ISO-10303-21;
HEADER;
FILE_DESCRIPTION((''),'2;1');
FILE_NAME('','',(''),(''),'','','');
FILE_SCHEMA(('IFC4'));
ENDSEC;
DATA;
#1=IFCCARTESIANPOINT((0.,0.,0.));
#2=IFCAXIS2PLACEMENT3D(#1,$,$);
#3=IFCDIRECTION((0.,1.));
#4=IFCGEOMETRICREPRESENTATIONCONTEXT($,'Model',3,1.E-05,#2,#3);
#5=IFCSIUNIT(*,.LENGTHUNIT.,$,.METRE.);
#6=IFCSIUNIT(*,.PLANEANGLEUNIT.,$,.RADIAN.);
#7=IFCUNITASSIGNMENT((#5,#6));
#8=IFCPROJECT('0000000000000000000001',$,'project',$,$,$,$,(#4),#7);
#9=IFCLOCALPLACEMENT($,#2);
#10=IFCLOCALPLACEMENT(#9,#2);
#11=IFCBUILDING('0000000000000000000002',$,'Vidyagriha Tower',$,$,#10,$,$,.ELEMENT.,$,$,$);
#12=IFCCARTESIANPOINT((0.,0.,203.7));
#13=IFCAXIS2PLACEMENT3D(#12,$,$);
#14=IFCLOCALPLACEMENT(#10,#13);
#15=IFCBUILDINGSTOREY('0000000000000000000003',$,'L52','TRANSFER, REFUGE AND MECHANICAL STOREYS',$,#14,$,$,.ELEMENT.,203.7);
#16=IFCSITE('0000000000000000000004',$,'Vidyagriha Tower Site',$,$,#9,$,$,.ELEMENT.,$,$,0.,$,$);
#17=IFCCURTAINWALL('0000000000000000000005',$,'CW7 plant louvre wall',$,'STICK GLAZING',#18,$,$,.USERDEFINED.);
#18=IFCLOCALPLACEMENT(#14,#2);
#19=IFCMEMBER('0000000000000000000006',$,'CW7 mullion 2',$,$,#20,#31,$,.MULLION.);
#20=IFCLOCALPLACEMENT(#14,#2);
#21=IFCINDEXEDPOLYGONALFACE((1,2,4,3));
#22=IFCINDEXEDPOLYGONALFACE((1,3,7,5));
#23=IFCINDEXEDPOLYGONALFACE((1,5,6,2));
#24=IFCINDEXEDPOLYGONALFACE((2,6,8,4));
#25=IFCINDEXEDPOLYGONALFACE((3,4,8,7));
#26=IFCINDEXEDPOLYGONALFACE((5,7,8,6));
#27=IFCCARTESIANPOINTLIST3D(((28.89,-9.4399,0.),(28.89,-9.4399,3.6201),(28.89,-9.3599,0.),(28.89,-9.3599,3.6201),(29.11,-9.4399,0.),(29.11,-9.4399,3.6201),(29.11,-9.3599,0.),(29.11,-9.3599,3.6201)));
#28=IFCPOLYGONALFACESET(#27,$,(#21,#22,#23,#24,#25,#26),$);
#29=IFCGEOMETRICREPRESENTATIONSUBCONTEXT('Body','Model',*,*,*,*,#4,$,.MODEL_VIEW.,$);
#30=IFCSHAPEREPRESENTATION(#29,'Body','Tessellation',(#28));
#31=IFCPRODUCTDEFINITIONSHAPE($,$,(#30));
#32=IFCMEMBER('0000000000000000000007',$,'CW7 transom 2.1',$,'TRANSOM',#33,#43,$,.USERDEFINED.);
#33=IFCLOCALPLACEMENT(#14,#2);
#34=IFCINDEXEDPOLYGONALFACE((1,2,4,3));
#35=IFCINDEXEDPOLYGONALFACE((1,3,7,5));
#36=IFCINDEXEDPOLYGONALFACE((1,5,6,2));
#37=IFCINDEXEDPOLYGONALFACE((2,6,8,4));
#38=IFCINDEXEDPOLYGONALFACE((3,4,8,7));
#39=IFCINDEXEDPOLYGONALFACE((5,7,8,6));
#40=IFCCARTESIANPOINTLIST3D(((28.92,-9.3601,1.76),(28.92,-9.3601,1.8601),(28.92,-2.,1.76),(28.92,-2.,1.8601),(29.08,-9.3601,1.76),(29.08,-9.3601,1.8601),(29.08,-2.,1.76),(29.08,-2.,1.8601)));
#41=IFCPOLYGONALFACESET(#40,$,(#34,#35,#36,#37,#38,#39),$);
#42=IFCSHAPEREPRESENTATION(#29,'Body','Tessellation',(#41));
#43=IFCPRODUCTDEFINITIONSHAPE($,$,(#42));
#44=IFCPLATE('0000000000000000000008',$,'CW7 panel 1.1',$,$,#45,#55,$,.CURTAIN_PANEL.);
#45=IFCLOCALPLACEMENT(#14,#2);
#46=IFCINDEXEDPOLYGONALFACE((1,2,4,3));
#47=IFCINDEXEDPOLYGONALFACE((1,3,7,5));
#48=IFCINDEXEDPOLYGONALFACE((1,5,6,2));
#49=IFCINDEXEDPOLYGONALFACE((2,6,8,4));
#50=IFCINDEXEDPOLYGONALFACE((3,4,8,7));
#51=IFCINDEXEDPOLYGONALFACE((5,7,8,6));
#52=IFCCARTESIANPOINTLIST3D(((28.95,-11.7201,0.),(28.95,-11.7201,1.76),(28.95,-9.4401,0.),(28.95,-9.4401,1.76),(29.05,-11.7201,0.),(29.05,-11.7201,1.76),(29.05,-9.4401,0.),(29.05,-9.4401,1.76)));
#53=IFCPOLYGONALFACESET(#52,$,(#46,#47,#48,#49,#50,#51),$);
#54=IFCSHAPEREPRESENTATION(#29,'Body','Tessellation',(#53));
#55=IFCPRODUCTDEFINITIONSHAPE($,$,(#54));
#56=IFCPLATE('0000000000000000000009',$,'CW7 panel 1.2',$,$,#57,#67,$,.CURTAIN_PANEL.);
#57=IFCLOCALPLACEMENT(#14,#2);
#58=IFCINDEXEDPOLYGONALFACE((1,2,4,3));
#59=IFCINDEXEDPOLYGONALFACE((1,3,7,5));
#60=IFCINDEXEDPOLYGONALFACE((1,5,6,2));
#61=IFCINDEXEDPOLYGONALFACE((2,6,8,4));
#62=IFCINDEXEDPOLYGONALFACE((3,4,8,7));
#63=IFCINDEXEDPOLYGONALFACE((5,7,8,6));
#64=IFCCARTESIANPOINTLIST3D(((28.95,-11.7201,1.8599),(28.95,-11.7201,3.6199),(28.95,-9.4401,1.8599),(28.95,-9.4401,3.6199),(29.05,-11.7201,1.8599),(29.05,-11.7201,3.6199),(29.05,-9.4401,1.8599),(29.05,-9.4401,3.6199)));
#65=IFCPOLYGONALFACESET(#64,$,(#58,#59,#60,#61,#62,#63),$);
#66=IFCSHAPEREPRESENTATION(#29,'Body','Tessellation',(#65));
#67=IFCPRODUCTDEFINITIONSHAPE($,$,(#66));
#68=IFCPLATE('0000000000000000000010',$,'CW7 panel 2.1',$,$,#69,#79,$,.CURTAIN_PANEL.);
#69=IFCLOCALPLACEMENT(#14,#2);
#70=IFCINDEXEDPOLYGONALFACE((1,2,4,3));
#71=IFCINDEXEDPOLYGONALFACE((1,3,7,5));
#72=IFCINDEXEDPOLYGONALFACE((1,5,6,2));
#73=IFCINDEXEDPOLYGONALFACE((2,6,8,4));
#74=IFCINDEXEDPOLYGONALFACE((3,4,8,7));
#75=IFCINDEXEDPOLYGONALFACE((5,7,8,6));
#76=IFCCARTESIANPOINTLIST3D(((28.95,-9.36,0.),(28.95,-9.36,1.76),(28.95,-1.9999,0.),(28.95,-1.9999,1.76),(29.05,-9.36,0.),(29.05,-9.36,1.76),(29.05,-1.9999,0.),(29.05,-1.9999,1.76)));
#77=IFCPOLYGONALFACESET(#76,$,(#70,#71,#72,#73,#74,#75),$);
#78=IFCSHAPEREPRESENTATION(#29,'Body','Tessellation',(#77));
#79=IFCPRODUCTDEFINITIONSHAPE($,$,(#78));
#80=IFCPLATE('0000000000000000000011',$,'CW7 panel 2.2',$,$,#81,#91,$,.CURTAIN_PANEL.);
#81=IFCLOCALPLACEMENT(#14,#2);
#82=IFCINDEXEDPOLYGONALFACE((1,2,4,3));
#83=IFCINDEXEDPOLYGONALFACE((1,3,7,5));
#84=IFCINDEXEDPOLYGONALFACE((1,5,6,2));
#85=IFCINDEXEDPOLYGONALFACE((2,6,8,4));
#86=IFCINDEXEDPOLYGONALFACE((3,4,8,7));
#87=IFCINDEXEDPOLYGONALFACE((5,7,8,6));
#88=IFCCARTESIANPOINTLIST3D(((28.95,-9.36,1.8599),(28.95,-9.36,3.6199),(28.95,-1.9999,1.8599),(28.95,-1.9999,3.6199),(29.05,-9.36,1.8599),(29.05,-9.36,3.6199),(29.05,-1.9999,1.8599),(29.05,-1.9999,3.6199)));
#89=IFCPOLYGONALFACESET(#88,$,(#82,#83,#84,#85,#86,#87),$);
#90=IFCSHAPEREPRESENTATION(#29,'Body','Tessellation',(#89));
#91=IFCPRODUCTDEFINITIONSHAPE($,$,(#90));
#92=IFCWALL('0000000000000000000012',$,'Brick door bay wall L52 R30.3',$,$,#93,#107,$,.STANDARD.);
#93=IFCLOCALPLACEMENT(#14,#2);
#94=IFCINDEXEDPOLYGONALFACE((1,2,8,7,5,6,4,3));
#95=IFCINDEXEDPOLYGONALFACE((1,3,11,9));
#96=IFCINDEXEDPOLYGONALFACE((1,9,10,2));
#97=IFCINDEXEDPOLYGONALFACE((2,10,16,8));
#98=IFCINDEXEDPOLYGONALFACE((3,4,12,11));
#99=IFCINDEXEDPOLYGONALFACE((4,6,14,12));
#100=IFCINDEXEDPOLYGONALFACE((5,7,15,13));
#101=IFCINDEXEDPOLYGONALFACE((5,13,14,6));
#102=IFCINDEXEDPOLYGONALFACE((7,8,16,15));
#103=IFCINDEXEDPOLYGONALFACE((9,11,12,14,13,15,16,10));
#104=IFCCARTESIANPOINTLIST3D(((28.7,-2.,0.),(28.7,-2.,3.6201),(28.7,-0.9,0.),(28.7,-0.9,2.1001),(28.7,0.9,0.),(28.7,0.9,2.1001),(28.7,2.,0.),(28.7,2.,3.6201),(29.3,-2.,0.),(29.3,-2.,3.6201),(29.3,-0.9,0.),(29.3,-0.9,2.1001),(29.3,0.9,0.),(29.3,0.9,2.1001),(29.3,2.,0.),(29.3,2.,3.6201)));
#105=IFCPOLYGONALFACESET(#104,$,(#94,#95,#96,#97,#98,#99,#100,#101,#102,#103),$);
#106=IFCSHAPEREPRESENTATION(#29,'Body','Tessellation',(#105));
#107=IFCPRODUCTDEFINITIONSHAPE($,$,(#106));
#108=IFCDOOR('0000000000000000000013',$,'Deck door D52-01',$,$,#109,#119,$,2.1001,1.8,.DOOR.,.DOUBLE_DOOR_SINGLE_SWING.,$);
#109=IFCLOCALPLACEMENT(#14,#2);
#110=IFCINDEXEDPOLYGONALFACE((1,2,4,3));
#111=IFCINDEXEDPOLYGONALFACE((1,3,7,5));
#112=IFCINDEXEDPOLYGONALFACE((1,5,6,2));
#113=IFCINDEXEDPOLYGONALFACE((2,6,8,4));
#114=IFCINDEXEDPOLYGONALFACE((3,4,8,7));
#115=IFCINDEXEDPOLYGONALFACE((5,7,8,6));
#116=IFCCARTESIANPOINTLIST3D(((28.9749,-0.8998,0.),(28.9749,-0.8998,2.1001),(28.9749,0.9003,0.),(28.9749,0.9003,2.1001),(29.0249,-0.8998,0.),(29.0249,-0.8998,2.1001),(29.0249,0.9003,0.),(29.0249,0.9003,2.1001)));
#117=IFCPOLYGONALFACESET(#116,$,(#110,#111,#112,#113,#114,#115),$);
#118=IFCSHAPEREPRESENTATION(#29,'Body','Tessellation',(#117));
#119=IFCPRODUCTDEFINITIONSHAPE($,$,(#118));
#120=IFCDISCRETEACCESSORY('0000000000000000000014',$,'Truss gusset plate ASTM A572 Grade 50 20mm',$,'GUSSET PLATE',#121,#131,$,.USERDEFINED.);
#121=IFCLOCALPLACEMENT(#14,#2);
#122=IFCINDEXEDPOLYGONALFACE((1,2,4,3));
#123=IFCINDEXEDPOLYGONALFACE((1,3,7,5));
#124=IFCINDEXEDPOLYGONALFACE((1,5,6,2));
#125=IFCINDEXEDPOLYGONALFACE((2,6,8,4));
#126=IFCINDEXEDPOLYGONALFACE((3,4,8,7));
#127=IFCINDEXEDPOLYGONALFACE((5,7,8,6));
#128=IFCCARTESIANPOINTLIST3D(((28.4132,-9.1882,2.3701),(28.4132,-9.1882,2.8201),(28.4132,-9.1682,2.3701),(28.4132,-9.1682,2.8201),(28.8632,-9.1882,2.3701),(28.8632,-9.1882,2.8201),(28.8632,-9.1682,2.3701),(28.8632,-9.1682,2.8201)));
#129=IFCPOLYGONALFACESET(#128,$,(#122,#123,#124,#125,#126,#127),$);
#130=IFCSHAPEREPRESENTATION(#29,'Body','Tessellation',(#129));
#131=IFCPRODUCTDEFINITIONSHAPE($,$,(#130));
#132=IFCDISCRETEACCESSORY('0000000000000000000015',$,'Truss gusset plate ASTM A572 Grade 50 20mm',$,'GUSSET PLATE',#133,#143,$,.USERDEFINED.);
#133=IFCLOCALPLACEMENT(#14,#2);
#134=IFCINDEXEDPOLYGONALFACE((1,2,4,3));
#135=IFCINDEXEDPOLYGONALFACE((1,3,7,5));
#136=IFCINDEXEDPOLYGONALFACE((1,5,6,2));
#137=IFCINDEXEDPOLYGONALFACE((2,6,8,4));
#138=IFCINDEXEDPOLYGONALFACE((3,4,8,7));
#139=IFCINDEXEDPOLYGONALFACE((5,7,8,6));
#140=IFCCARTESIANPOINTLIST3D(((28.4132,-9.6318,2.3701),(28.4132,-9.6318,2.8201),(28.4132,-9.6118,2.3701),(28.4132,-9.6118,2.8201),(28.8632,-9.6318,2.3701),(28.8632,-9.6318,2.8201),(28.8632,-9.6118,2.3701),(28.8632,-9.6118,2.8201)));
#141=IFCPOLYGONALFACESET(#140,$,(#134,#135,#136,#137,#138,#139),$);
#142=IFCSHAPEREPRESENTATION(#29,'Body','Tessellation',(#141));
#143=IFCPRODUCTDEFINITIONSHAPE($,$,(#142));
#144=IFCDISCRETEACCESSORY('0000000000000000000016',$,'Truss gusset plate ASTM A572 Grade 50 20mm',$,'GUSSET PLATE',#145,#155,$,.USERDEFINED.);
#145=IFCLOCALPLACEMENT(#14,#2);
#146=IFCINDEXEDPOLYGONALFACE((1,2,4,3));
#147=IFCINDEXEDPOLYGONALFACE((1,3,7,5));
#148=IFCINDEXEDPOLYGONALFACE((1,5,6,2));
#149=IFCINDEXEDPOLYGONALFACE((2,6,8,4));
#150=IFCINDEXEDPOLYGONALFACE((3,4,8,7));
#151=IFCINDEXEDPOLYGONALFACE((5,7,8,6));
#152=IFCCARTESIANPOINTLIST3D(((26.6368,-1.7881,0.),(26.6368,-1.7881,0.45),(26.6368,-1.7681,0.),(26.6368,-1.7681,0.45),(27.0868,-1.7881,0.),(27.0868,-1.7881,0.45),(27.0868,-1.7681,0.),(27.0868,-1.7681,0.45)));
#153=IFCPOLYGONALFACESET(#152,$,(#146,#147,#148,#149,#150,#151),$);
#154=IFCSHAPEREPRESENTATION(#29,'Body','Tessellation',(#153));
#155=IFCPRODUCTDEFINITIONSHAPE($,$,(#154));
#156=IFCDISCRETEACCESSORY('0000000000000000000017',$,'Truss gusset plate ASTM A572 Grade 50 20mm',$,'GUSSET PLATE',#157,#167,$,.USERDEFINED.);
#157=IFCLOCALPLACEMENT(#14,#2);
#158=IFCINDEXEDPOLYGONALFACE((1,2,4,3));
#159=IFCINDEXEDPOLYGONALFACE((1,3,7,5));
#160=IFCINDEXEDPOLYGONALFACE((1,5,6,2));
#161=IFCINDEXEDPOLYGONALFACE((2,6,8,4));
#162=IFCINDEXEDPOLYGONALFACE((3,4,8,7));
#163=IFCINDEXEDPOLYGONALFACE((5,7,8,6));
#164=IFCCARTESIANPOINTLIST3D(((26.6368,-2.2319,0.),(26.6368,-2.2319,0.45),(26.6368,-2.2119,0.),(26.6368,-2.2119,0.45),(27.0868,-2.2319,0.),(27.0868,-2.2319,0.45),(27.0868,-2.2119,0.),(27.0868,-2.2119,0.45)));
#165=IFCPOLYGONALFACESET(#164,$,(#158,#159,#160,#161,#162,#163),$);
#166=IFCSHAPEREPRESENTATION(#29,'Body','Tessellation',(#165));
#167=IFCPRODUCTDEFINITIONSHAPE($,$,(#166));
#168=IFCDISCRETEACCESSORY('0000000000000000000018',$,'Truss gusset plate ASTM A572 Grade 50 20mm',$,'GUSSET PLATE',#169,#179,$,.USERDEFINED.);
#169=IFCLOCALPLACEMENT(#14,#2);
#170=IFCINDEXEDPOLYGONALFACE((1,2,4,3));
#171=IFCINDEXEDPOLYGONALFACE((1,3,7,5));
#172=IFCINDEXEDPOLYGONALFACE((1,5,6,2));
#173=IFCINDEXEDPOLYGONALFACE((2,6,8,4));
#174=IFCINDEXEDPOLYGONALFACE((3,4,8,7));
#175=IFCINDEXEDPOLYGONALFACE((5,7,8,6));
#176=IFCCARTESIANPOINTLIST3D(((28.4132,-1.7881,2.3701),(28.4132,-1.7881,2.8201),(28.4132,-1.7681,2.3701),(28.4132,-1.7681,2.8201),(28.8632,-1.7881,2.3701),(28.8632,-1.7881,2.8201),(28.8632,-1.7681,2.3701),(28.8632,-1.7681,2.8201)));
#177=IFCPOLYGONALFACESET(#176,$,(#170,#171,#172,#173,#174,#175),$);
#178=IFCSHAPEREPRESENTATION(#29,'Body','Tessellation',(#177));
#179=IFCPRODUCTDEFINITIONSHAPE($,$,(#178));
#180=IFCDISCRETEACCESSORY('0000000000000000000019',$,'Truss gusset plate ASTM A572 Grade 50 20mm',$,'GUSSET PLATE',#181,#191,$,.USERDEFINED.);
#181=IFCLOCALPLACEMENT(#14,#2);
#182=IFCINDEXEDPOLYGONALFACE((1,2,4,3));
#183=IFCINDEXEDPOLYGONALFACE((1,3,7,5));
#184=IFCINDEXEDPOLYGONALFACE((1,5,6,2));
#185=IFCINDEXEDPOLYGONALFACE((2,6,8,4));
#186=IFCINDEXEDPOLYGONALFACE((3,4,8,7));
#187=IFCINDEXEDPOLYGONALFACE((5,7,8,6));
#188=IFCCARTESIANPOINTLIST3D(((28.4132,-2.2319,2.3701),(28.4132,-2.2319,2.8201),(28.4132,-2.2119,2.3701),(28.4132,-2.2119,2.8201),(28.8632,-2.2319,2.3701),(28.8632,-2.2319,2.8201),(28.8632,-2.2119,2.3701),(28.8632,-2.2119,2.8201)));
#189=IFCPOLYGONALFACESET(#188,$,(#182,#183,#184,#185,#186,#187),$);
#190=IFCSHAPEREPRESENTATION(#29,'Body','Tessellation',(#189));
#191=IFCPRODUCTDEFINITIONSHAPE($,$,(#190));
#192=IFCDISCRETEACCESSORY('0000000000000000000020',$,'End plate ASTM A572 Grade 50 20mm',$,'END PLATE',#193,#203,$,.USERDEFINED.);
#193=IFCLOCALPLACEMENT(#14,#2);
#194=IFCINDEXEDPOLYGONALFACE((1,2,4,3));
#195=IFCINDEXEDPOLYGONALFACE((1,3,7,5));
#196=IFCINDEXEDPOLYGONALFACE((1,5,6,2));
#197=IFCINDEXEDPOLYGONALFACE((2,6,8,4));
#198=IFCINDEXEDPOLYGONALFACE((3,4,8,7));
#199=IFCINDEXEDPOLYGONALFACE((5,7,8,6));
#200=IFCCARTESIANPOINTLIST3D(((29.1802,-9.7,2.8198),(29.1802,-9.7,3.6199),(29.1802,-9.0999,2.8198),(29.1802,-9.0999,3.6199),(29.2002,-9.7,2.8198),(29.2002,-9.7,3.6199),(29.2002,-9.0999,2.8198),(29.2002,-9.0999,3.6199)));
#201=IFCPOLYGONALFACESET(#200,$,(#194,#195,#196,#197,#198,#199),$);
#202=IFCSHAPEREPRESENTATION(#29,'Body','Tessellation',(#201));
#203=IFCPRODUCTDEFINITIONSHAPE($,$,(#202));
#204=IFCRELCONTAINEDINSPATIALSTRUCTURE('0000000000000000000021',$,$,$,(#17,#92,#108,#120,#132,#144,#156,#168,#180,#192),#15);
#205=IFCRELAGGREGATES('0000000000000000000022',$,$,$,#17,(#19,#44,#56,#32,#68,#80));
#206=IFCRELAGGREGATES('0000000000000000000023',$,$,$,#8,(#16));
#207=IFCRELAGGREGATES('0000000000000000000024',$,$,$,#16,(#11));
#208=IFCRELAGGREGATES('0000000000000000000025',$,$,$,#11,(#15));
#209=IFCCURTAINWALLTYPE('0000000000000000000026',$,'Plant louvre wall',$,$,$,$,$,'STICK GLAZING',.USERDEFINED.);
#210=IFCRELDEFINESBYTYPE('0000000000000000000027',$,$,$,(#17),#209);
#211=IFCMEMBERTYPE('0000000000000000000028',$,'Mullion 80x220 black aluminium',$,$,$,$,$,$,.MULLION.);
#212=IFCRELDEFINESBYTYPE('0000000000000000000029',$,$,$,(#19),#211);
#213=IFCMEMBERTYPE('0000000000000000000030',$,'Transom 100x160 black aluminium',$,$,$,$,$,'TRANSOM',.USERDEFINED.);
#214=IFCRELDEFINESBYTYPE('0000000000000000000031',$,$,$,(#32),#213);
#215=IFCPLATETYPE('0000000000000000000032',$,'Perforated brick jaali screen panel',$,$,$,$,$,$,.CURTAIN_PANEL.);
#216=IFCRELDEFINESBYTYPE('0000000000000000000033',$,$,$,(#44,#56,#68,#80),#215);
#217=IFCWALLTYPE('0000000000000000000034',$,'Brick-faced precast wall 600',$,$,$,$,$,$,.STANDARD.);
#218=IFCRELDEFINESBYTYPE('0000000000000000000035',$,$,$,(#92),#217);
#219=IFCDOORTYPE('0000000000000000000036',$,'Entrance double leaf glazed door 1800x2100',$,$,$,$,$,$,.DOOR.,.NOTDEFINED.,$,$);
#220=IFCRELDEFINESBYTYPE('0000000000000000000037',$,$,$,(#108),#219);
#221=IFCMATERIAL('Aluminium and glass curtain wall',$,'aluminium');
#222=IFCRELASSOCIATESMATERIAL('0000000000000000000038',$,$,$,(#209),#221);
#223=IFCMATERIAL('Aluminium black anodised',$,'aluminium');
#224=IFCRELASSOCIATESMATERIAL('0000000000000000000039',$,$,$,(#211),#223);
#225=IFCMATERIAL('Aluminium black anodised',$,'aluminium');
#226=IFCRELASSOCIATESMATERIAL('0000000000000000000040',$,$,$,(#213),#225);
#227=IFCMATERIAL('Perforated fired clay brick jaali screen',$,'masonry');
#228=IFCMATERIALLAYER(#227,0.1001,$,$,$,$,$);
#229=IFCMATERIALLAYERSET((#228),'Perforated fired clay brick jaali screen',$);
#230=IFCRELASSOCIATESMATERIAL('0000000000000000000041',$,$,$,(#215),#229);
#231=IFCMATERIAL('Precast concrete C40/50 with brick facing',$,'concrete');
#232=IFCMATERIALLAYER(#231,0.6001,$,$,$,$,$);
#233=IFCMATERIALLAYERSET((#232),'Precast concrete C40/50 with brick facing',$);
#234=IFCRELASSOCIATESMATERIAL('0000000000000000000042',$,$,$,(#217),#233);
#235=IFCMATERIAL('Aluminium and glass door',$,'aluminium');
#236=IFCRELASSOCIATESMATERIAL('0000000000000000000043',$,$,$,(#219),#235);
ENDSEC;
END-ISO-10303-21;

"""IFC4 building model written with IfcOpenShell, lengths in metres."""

from ifc_helpers import new_model, si_unit, direction, frame, frame_2d, origin, origin_2d, place, context, subcontext, project, spatial, rectangle, extrude, material, layer, layer_set, material_profile, profile_set, type_object, element, fill, aggregate, save


model = new_model("IFC4")

# Units and contexts
model_context = context("Model", 3, precision=1e-05, world=origin(), true_north=direction((0.0, 1.0)))
body_context = subcontext(model_context, "Body", "Model", "MODEL_VIEW")
ifc_project = project(units=[si_unit("LENGTHUNIT", "METRE"), si_unit("PLANEANGLEUNIT", "RADIAN")], contexts=[model_context])

# Site, building, storey
site_placement = place(None, origin())
site = spatial("IfcSite", under=ifc_project, at=site_placement, Name="Vidyagriha Tower Site", CompositionType="ELEMENT", RefElevation=0.0)
building_placement = place(site_placement, origin())
building = spatial("IfcBuilding", under=site, at=building_placement, Name="Vidyagriha Tower", CompositionType="ELEMENT")
storey_placement = place(building_placement, frame((0.0, 0.0, 203.7)))
storey = spatial("IfcBuildingStorey", under=building, at=storey_placement, Name="L52", Description="TRANSFER, REFUGE AND MECHANICAL STOREYS", CompositionType="ELEMENT", Elevation=203.7)

# Curtain wall, members, plates
ifc_material_1 = material(Name="Aluminium and glass curtain wall", Category="aluminium")
curtain_wall_type = type_object("IfcCurtainWallType", Name="Plant louvre wall", ElementType="STICK GLAZING", PredefinedType="USERDEFINED", material=ifc_material_1)
curtain_wall_placement = place(storey_placement, origin())
curtain_wall = element("IfcCurtainWall", 1, at=curtain_wall_placement, inside=storey, type_object=curtain_wall_type, Name="CW7 plant louvre wall", ObjectType="STICK GLAZING", PredefinedType="USERDEFINED")
ifc_material_2 = material(Name="Aluminium black anodised", Category="aluminium")
ifc_material_profile_1 = material_profile(ifc_material_2, rectangle(XDim=0.22, YDim=0.0801, at=origin_2d()), Name="Mullion 80x220 black aluminium")
ifc_profile_set_1 = profile_set([ifc_material_profile_1], Name="Aluminium black anodised")
member_type_1 = type_object("IfcMemberType", Name="Mullion 80x220 black aluminium", PredefinedType="MULLION", material=ifc_profile_set_1)
member_1_placement = place(storey_placement, frame((29.0, -9.3999, 0.0), z_axis=(0.0, 0.0, 1.0), x_axis=(-1.0, 0.0, 0.0)))
member_1 = element("IfcMember", 2, at=member_1_placement, type_object=member_type_1, Name="CW7 mullion 2", PredefinedType="MULLION", context=body_context, shape_type="SweptSolid", body=[
    extrude(rectangle(XDim=0.22, YDim=0.0801, at=origin_2d()), origin(), (0.0, 0.0, 1.0), 3.6201),
])
ifc_material_3 = material(Name="Aluminium black anodised", Category="aluminium")
ifc_material_profile_2 = material_profile(ifc_material_3, rectangle(XDim=0.1599, YDim=0.1001, at=origin_2d()), Name="Transom 100x160 black aluminium")
ifc_profile_set_2 = profile_set([ifc_material_profile_2], Name="Aluminium black anodised")
member_type_2 = type_object("IfcMemberType", Name="Transom 100x160 black aluminium", ElementType="TRANSOM", PredefinedType="USERDEFINED", material=ifc_profile_set_2)
member_2_placement = place(storey_placement, frame((29.0, -9.3601, 1.8101), z_axis=(0.0, 1.0, 0.0), x_axis=(-1.0, 0.0, 0.0)))
member_2 = element("IfcMember", 3, at=member_2_placement, type_object=member_type_2, Name="CW7 transom 2.1", ObjectType="TRANSOM", PredefinedType="USERDEFINED", context=body_context, shape_type="SweptSolid", body=[
    extrude(rectangle(XDim=0.1599, YDim=0.1001, at=origin_2d()), origin(), (0.0, 0.0, 1.0), 7.3601),
])
ifc_material_4 = material(Name="Perforated fired clay brick jaali screen", Category="masonry")
ifc_layer_1 = layer(ifc_material_4, 0.1001)
ifc_layer_set_1 = layer_set([ifc_layer_1], Name="Perforated fired clay brick jaali screen")
plate_type = type_object("IfcPlateType", Name="Perforated brick jaali screen panel", PredefinedType="CURTAIN_PANEL", material=ifc_layer_set_1)
plate_1_placement = place(storey_placement, frame((29.0, -10.5801, 0.0), z_axis=(0.0, 0.0, 1.0), x_axis=(0.0, 1.0, 0.0)))
plate_1 = element("IfcPlate", 4, at=plate_1_placement, type_object=plate_type, Name="CW7 panel 1.1", PredefinedType="CURTAIN_PANEL", context=body_context, shape_type="SweptSolid", body=[
    extrude(rectangle(XDim=2.28, YDim=0.1001, at=origin_2d()), origin(), (0.0, 0.0, 1.0), 1.76),
])
plate_2_placement = place(storey_placement, frame((29.0, -10.5801, 1.8599), z_axis=(0.0, 0.0, 1.0), x_axis=(0.0, 1.0, 0.0)))
plate_2 = element("IfcPlate", 5, at=plate_2_placement, type_object=plate_type, Name="CW7 panel 1.2", PredefinedType="CURTAIN_PANEL", context=body_context, shape_type="SweptSolid", body=[
    extrude(rectangle(XDim=2.28, YDim=0.1001, at=origin_2d()), origin(), (0.0, 0.0, 1.0), 1.76),
])
plate_3_placement = place(storey_placement, frame((29.0, -5.6799, 0.0), z_axis=(0.0, 0.0, 1.0), x_axis=(0.0, 1.0, 0.0)))
plate_3 = element("IfcPlate", 6, at=plate_3_placement, type_object=plate_type, Name="CW7 panel 2.1", PredefinedType="CURTAIN_PANEL", context=body_context, shape_type="SweptSolid", body=[
    extrude(rectangle(XDim=7.3601, YDim=0.1001, at=origin_2d()), origin(), (0.0, 0.0, 1.0), 1.76),
])
plate_4_placement = place(storey_placement, frame((29.0, -5.6799, 1.8599), z_axis=(0.0, 0.0, 1.0), x_axis=(0.0, 1.0, 0.0)))
plate_4 = element("IfcPlate", 7, at=plate_4_placement, type_object=plate_type, Name="CW7 panel 2.2", PredefinedType="CURTAIN_PANEL", context=body_context, shape_type="SweptSolid", body=[
    extrude(rectangle(XDim=7.3601, YDim=0.1001, at=origin_2d()), origin(), (0.0, 0.0, 1.0), 1.76),
])
aggregate(curtain_wall, [member_1, plate_1, plate_2, member_2, plate_3, plate_4])

# Wall, opening, door
ifc_material_5 = material(Name="Precast concrete C40/50 with brick facing", Category="concrete")
ifc_layer_2 = layer(ifc_material_5, 0.6001)
ifc_layer_set_2 = layer_set([ifc_layer_2], Name="Precast concrete C40/50 with brick facing")
wall_type = type_object("IfcWallType", Name="Brick-faced precast wall 600", PredefinedType="STANDARD", material=ifc_layer_set_2)
wall_placement = place(storey_placement, frame((29.0, -2.0, 0.0), z_axis=(0.0, 0.0, 1.0), x_axis=(0.0, 1.0, 0.0)))
wall = element("IfcWall", 8, at=wall_placement, inside=storey, type_object=wall_type, Name="Brick door bay wall L52 R30.3", PredefinedType="STANDARD", context=body_context, shape_type="SweptSolid", body=[
    extrude(rectangle(XDim=4.0, YDim=0.6001, at=frame_2d((2.0, 0.0))), origin(), (0.0, 0.0, 1.0), 3.6201),
])
opening_placement = place(wall_placement, frame((1.1001, 0.0, 0.0)))
opening = element("IfcOpeningElement", 9, at=opening_placement, cuts=wall, PredefinedType="OPENING", context=body_context, shape_type="SweptSolid", body=[
    extrude(rectangle(XDim=1.8, YDim=2.1001, at=frame_2d((0.8999, 1.05))), frame((0.0, 0.3101, 0.0), z_axis=(0.0, -1.0, 0.0), x_axis=(1.0, 0.0, 0.0)), (0.0, 0.0, 1.0), 0.6201),
])
ifc_material_6 = material(Name="Aluminium and glass door", Category="aluminium")
door_type = type_object("IfcDoorType", Name="Entrance double leaf glazed door 1800x2100", OperationType="NOTDEFINED", PredefinedType="DOOR", material=ifc_material_6)
door_placement = place(opening_placement, frame((1.8, 0.0, 0.0), z_axis=(0.0, 0.0, 1.0), x_axis=(-1.0, 0.0, 0.0)))
door = element("IfcDoor", 10, at=door_placement, inside=storey, type_object=door_type, Name="Deck door D52-01", OperationType="DOUBLE_DOOR_SINGLE_SWING", OverallHeight=2.1001, OverallWidth=1.8, PredefinedType="DOOR", context=body_context, shape_type="SweptSolid", body=[
    extrude(rectangle(XDim=1.8, YDim=2.1001, at=frame_2d((0.8999, 1.05))), frame((0.0, 0.0249, 0.0), z_axis=(0.0, -1.0, 0.0), x_axis=(1.0, 0.0, 0.0)), (0.0, 0.0, 1.0), 0.05),
])
fill(opening, door)

# Discrete accessories
for number, where, name in (
    (11, (28.6382, -9.1782, 2.3701), "Truss gusset plate ASTM A572 Grade 50 20mm"),
    (12, (28.6382, -9.6218, 2.3701), "Truss gusset plate ASTM A572 Grade 50 20mm"),
    (13, (26.8618, -1.7781, 0.0), "Truss gusset plate ASTM A572 Grade 50 20mm"),
    (14, (26.8618, -2.2219, 0.0), "Truss gusset plate ASTM A572 Grade 50 20mm"),
    (15, (28.6382, -1.7781, 2.3701), "Truss gusset plate ASTM A572 Grade 50 20mm"),
    (16, (28.6382, -2.2219, 2.3701), "Truss gusset plate ASTM A572 Grade 50 20mm"),
):
    element("IfcDiscreteAccessory", number, at=place(storey_placement, frame(where)), inside=storey, Name=name, ObjectType="GUSSET PLATE", PredefinedType="USERDEFINED", context=body_context, shape_type="SweptSolid", body=[
        extrude(rectangle(XDim=0.45, YDim=0.02, at=origin_2d()), origin(), (0.0, 0.0, 1.0), 0.45),
    ])
discrete_accessory_placement = place(storey_placement, frame((29.1902, -9.3999, 2.8198)))
element("IfcDiscreteAccessory", 17, at=discrete_accessory_placement, inside=storey, Name="End plate ASTM A572 Grade 50 20mm", ObjectType="END PLATE", PredefinedType="USERDEFINED", context=body_context, shape_type="SweptSolid", body=[
    extrude(rectangle(XDim=0.02, YDim=0.6001, at=origin_2d()), origin(), (0.0, 0.0, 1.0), 0.8),
])

save(model, "model.ifc")
